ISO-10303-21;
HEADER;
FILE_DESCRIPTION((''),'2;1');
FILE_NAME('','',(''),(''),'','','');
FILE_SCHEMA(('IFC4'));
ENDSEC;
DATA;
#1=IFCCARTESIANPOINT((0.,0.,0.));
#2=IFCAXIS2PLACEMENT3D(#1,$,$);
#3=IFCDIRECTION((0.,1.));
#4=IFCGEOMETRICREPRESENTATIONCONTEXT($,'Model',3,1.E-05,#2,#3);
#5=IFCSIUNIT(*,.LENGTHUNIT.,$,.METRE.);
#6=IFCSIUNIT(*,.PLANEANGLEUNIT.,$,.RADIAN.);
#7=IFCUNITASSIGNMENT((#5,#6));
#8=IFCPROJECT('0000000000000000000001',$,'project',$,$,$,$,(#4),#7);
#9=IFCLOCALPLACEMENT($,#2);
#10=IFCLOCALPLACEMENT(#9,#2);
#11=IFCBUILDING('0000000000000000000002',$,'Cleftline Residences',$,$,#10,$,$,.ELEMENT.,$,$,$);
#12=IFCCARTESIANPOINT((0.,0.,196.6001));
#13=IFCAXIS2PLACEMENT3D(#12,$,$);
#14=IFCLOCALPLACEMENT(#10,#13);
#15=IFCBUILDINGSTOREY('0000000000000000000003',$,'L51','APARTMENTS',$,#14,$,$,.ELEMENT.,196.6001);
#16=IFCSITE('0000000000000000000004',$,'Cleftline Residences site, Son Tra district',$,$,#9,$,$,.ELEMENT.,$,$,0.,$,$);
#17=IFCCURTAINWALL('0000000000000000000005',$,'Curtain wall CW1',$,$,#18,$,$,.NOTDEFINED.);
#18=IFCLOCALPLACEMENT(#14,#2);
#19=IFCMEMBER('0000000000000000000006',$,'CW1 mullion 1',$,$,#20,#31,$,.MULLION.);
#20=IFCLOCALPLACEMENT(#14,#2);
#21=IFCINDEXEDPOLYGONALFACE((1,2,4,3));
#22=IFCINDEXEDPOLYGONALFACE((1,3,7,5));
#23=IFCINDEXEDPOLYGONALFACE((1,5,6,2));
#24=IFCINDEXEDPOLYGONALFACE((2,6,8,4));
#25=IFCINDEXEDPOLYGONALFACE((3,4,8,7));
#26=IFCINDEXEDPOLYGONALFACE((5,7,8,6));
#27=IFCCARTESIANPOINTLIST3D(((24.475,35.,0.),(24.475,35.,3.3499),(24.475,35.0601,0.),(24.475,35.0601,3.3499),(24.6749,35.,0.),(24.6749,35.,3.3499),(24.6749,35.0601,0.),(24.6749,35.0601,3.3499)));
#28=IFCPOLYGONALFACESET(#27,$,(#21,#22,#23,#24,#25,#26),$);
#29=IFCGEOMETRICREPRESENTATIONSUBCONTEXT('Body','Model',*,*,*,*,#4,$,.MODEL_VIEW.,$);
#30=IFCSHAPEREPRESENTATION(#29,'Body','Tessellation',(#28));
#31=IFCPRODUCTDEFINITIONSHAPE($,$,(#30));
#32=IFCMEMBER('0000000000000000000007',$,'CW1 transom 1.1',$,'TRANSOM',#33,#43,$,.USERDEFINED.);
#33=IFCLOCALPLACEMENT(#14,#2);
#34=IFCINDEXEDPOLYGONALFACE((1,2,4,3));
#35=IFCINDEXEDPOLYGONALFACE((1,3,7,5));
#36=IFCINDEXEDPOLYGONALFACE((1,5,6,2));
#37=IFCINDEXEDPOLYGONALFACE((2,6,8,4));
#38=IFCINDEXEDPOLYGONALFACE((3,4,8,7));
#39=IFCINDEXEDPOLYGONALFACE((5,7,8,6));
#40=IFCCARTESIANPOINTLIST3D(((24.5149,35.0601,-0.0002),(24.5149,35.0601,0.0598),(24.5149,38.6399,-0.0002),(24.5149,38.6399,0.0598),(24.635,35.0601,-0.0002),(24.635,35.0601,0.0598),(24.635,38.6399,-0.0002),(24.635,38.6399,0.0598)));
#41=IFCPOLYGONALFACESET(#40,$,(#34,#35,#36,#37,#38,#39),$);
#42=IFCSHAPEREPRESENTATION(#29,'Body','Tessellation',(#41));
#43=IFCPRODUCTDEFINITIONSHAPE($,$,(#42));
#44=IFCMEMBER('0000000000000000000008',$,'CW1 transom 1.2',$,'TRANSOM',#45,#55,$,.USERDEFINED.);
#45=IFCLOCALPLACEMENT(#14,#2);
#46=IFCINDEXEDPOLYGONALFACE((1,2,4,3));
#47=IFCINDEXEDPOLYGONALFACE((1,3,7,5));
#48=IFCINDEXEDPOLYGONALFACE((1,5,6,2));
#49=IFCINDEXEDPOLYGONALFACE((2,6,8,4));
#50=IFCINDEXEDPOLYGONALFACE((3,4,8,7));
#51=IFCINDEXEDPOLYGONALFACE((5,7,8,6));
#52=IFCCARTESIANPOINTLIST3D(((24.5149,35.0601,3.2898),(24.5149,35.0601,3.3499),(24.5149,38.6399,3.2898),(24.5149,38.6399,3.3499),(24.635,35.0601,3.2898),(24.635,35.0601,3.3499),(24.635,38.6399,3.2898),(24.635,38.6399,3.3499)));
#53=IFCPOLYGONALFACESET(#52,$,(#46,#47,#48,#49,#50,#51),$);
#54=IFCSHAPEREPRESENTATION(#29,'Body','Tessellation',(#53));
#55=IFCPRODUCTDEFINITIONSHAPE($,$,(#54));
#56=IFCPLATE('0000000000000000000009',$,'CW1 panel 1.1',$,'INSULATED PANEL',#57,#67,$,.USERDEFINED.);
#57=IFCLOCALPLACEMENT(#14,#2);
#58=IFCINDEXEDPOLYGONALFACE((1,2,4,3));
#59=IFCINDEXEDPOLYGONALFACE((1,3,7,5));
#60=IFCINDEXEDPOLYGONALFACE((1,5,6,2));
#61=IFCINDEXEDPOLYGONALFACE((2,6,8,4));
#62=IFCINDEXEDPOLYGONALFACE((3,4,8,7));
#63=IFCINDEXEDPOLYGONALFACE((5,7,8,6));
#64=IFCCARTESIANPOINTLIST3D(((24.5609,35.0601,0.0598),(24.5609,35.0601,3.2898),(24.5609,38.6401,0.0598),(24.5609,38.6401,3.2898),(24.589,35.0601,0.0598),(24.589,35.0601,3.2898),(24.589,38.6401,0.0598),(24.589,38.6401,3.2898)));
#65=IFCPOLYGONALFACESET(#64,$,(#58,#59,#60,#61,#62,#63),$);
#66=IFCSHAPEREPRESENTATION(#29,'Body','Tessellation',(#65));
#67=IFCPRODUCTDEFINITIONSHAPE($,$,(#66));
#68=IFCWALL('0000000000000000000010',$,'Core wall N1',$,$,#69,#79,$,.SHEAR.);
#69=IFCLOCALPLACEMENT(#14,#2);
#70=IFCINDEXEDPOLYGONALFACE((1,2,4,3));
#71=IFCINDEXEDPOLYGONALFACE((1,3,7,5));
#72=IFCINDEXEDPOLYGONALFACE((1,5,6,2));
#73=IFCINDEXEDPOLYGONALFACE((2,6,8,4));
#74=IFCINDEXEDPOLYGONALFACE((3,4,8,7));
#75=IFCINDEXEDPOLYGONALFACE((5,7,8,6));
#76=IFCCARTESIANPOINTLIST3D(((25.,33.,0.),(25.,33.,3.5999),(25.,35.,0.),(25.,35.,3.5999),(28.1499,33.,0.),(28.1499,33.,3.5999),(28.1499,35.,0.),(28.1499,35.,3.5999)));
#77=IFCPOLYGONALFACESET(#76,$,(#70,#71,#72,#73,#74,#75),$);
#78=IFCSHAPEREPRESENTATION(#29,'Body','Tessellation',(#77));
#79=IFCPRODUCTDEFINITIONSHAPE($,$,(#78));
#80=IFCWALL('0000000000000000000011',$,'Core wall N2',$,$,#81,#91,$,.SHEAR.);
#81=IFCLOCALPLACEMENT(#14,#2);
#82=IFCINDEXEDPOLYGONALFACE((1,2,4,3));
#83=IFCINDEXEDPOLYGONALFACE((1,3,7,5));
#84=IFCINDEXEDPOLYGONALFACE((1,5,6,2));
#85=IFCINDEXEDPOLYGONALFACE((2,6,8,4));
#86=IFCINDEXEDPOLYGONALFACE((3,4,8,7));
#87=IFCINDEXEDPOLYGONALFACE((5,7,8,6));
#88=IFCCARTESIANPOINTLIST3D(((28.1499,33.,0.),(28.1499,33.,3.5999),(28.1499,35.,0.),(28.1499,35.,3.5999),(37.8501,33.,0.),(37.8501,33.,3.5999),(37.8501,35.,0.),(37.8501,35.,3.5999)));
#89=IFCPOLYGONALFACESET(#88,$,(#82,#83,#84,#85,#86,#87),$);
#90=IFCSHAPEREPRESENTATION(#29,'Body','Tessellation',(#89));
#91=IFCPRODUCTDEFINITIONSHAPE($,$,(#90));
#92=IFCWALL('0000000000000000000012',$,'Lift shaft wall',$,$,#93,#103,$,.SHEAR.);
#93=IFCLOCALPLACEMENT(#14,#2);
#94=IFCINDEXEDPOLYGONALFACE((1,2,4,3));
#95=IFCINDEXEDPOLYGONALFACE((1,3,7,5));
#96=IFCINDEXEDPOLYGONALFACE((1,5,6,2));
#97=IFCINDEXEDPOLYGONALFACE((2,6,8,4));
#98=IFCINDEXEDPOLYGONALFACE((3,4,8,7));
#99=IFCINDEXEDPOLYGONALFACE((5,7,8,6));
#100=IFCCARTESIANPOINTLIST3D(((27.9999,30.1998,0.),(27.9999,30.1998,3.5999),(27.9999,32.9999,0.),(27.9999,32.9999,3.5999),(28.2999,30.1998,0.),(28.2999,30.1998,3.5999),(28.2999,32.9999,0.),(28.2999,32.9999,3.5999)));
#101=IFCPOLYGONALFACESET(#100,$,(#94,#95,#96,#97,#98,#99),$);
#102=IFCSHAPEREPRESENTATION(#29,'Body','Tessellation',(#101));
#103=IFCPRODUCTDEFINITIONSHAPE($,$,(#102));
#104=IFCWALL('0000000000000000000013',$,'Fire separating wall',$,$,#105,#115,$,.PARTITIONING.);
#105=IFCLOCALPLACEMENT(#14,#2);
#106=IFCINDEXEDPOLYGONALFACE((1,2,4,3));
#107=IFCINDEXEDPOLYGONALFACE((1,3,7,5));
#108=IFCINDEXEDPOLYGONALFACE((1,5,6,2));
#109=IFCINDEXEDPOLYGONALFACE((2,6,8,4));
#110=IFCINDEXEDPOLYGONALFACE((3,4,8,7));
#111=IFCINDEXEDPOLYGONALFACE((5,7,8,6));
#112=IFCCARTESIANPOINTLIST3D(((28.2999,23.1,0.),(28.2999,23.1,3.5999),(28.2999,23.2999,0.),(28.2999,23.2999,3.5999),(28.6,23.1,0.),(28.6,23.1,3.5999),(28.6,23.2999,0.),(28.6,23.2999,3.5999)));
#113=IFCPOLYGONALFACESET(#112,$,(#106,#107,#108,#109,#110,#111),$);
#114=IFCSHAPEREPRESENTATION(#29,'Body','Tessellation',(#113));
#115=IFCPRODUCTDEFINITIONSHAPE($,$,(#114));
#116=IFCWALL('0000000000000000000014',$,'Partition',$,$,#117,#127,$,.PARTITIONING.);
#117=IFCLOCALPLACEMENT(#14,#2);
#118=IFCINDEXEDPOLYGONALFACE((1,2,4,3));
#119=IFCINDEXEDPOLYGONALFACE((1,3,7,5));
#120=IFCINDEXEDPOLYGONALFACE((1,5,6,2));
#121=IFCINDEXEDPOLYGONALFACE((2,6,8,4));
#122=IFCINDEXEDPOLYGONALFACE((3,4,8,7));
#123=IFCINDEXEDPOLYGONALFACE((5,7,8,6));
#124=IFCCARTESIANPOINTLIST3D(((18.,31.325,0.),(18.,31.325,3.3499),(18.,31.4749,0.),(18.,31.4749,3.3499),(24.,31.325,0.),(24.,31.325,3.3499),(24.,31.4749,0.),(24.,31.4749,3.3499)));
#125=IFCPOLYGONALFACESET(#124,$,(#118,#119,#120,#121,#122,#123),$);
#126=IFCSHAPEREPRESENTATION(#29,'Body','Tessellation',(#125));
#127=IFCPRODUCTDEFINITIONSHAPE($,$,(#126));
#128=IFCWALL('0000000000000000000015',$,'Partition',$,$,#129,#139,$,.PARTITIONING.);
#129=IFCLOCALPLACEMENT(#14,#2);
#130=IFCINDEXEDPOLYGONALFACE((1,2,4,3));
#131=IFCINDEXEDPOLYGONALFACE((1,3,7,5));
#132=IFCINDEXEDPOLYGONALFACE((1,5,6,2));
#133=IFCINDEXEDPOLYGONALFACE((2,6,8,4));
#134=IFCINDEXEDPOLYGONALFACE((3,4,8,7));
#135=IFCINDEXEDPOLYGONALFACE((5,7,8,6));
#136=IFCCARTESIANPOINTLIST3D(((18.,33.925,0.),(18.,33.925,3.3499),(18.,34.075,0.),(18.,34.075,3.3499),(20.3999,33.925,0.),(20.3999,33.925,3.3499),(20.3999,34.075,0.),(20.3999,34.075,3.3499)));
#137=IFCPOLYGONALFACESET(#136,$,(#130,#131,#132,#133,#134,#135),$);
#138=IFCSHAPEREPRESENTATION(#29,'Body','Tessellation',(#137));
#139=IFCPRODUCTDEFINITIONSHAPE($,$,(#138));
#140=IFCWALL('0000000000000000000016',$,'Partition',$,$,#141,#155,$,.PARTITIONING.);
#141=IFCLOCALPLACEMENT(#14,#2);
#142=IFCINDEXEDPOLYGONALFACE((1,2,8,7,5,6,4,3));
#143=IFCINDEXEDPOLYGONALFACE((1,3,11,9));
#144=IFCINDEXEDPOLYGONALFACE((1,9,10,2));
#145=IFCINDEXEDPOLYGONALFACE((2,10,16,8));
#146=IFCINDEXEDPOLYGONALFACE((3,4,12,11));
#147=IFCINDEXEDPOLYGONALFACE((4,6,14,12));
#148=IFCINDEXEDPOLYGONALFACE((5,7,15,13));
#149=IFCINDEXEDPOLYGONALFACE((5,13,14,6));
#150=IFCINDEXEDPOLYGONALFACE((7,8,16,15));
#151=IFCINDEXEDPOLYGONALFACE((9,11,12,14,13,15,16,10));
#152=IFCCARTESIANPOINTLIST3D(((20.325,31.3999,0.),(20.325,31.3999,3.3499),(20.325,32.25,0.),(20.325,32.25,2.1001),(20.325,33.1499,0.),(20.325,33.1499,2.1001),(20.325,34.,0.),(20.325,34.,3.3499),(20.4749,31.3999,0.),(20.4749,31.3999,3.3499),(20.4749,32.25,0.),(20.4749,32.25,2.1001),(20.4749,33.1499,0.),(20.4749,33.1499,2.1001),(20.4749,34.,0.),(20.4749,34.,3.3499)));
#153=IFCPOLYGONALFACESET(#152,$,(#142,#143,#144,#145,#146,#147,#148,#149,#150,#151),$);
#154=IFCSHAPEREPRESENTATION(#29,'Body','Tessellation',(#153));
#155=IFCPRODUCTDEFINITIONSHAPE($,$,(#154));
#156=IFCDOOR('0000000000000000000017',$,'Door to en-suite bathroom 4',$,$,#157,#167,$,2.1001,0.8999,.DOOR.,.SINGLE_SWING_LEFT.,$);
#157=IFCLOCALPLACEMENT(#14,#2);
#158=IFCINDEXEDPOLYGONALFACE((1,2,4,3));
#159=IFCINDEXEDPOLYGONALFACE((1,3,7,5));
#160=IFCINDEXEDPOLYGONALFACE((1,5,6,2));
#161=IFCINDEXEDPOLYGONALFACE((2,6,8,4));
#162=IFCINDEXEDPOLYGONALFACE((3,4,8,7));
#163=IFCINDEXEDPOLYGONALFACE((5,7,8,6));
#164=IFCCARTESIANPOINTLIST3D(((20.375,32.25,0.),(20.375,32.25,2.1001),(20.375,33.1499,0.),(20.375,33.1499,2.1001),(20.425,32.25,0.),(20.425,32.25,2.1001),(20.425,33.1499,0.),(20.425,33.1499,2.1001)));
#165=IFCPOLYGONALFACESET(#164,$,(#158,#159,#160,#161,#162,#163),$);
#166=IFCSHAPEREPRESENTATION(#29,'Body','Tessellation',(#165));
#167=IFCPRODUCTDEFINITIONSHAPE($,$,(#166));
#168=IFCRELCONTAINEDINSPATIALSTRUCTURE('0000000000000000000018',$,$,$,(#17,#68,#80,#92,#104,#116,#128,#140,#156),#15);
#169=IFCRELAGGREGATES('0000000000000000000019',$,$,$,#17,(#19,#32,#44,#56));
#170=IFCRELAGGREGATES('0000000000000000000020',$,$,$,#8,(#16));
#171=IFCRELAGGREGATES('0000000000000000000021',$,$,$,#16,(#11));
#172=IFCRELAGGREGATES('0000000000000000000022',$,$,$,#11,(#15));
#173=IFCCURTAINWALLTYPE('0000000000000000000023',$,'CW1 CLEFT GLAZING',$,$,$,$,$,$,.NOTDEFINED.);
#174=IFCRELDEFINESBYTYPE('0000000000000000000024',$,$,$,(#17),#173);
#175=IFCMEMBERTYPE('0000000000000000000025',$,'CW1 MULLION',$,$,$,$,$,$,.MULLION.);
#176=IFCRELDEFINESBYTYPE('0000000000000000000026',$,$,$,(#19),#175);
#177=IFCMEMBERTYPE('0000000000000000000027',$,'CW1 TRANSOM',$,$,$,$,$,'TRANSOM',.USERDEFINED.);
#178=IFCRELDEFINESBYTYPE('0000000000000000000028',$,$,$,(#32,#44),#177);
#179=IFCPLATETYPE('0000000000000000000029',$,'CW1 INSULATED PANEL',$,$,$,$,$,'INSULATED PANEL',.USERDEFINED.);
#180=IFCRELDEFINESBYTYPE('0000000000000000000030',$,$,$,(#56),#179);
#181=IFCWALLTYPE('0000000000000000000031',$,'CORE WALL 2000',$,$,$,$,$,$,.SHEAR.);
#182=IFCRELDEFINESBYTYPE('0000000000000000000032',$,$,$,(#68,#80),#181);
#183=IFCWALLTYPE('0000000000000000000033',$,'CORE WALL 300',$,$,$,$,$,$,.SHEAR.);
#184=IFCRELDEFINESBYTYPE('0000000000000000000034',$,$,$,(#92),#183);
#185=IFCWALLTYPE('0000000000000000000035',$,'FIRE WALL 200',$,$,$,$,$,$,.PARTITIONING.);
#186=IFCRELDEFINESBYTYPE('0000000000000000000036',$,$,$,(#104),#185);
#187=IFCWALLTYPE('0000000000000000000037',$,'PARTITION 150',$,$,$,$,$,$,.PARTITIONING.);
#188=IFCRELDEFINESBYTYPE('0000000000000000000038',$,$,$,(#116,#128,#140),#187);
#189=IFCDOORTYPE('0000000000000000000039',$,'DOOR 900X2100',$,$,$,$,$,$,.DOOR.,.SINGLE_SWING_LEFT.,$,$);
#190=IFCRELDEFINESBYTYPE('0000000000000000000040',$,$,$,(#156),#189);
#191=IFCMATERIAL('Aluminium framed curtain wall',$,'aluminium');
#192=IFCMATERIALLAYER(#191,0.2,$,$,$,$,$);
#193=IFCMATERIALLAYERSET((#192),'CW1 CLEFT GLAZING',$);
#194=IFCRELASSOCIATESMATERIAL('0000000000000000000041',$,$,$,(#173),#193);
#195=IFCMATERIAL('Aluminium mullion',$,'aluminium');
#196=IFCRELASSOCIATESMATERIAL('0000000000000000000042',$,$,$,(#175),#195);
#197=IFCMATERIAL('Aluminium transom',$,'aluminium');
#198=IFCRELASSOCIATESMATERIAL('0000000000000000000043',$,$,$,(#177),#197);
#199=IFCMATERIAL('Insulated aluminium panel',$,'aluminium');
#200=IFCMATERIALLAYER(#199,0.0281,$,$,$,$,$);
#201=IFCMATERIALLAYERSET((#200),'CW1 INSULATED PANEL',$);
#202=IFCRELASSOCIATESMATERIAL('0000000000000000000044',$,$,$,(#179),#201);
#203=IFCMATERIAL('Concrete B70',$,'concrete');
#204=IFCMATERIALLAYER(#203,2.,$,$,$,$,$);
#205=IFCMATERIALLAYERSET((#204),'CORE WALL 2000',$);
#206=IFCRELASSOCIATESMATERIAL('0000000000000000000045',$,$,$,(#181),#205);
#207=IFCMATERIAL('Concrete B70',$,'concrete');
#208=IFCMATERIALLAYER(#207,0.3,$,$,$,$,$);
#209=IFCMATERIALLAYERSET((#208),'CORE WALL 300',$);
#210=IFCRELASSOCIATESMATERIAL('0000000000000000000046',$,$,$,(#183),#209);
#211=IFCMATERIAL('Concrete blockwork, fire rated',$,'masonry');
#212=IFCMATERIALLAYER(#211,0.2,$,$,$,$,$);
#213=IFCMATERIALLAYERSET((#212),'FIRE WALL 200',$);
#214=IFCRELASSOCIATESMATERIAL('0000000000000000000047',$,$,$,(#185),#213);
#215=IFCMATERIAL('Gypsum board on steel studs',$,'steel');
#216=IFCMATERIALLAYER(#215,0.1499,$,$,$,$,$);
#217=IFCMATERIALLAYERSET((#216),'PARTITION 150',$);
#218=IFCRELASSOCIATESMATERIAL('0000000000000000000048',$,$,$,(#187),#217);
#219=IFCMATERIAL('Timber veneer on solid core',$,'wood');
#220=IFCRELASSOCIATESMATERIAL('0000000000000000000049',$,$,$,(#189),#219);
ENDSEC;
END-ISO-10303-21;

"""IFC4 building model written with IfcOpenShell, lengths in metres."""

from ifc_helpers import new_model, si_unit, direction, frame, frame_2d, origin, origin_2d, place, context, subcontext, project, spatial, rectangle, extrude, material, layer, layer_set, material_profile, profile_set, type_object, element, fill, aggregate, save


model = new_model("IFC4")

# Units and contexts
model_context = context("Model", 3, precision=1e-05, world=origin(), true_north=direction((0.0, 1.0)))
body_context = subcontext(model_context, "Body", "Model", "MODEL_VIEW")
ifc_project = project(units=[si_unit("LENGTHUNIT", "METRE"), si_unit("PLANEANGLEUNIT", "RADIAN")], contexts=[model_context])

# Site, building, storey
site_placement = place(None, origin())
site = spatial("IfcSite", under=ifc_project, at=site_placement, Name="Cleftline Residences site, Son Tra district", CompositionType="ELEMENT", RefElevation=0.0)
building_placement = place(site_placement, origin())
building = spatial("IfcBuilding", under=site, at=building_placement, Name="Cleftline Residences", CompositionType="ELEMENT")
storey_placement = place(building_placement, frame((0.0, 0.0, 196.6001)))
storey = spatial("IfcBuildingStorey", under=building, at=storey_placement, Name="L51", Description="APARTMENTS", CompositionType="ELEMENT", Elevation=196.6001)

# Curtain wall, members, plate
ifc_material_1 = material(Name="Aluminium framed curtain wall", Category="aluminium")
ifc_layer_1 = layer(ifc_material_1, 0.2)
ifc_layer_set_1 = layer_set([ifc_layer_1], Name="CW1 CLEFT GLAZING")
curtain_wall_type = type_object("IfcCurtainWallType", Name="CW1 CLEFT GLAZING", PredefinedType="NOTDEFINED", material=ifc_layer_set_1)
curtain_wall_placement = place(storey_placement, origin())
curtain_wall = element("IfcCurtainWall", 1, at=curtain_wall_placement, inside=storey, type_object=curtain_wall_type, Name="Curtain wall CW1", PredefinedType="NOTDEFINED")
ifc_material_2 = material(Name="Aluminium mullion", Category="aluminium")
ifc_material_profile_1 = material_profile(ifc_material_2, rectangle(XDim=0.2, YDim=0.0601, at=origin_2d()))
ifc_profile_set_1 = profile_set([ifc_material_profile_1], Name="Aluminium mullion")
member_type_1 = type_object("IfcMemberType", Name="CW1 MULLION", PredefinedType="MULLION", material=ifc_profile_set_1)
member_1_placement = place(storey_placement, frame((24.575, 35.03, 0.0), z_axis=(0.0, 0.0, 1.0), x_axis=(-1.0, 0.0, 0.0)))
member_1 = element("IfcMember", 2, at=member_1_placement, type_object=member_type_1, Name="CW1 mullion 1", PredefinedType="MULLION", context=body_context, shape_type="SweptSolid", body=[
    extrude(rectangle(XDim=0.2, YDim=0.0601, at=origin_2d()), origin(), (0.0, 0.0, 1.0), 3.3499),
])
ifc_material_3 = material(Name="Aluminium transom", Category="aluminium")
ifc_material_profile_2 = material_profile(ifc_material_3, rectangle(XDim=0.1201, YDim=0.0601, at=origin_2d()))
ifc_profile_set_2 = profile_set([ifc_material_profile_2], Name="Aluminium transom")
member_type_2 = type_object("IfcMemberType", Name="CW1 TRANSOM", ElementType="TRANSOM", PredefinedType="USERDEFINED", material=ifc_profile_set_2)
member_2_placement = place(storey_placement, frame((24.575, 35.0601, 0.0298), z_axis=(0.0, 1.0, 0.0), x_axis=(-1.0, 0.0, 0.0)))
member_2 = element("IfcMember", 3, at=member_2_placement, type_object=member_type_2, Name="CW1 transom 1.1", ObjectType="TRANSOM", PredefinedType="USERDEFINED", context=body_context, shape_type="SweptSolid", body=[
    extrude(rectangle(XDim=0.1201, YDim=0.0601, at=origin_2d()), origin(), (0.0, 0.0, 1.0), 3.5798),
])
member_3_placement = place(storey_placement, frame((24.575, 35.0601, 3.3198), z_axis=(0.0, 1.0, 0.0), x_axis=(-1.0, 0.0, 0.0)))
member_3 = element("IfcMember", 4, at=member_3_placement, type_object=member_type_2, Name="CW1 transom 1.2", ObjectType="TRANSOM", PredefinedType="USERDEFINED", context=body_context, shape_type="SweptSolid", body=[
    extrude(rectangle(XDim=0.1201, YDim=0.0601, at=origin_2d()), origin(), (0.0, 0.0, 1.0), 3.5798),
])
ifc_material_4 = material(Name="Insulated aluminium panel", Category="aluminium")
ifc_layer_2 = layer(ifc_material_4, 0.0281)
ifc_layer_set_2 = layer_set([ifc_layer_2], Name="CW1 INSULATED PANEL")
plate_type = type_object("IfcPlateType", Name="CW1 INSULATED PANEL", ElementType="INSULATED PANEL", PredefinedType="USERDEFINED", material=ifc_layer_set_2)
plate_placement = place(storey_placement, frame((24.575, 36.8501, 0.0598), z_axis=(0.0, 0.0, 1.0), x_axis=(0.0, 1.0, 0.0)))
plate = element("IfcPlate", 5, at=plate_placement, type_object=plate_type, Name="CW1 panel 1.1", ObjectType="INSULATED PANEL", PredefinedType="USERDEFINED", context=body_context, shape_type="SweptSolid", body=[
    extrude(rectangle(XDim=3.5801, YDim=0.0281, at=origin_2d()), origin(), (0.0, 0.0, 1.0), 3.23),
])
aggregate(curtain_wall, [member_1, member_2, member_3, plate])

# Walls
ifc_material_5 = material(Name="Concrete B70", Category="concrete")
ifc_layer_3 = layer(ifc_material_5, 2.0)
ifc_layer_set_3 = layer_set([ifc_layer_3], Name="CORE WALL 2000")
wall_type_1 = type_object("IfcWallType", Name="CORE WALL 2000", PredefinedType="SHEAR", material=ifc_layer_set_3)
wall_1_placement = place(storey_placement, frame((25.0, 34.0, 0.0), z_axis=(0.0, 0.0, 1.0), x_axis=(1.0, 0.0, 0.0)))
element("IfcWall", 6, at=wall_1_placement, inside=storey, type_object=wall_type_1, Name="Core wall N1", PredefinedType="SHEAR", context=body_context, shape_type="SweptSolid", body=[
    extrude(rectangle(XDim=3.1499, YDim=2.0, at=frame_2d((1.575, 0.0))), origin(), (0.0, 0.0, 1.0), 3.5999),
])
wall_2_placement = place(storey_placement, frame((28.1499, 34.0, 0.0), z_axis=(0.0, 0.0, 1.0), x_axis=(1.0, 0.0, 0.0)))
element("IfcWall", 7, at=wall_2_placement, inside=storey, type_object=wall_type_1, Name="Core wall N2", PredefinedType="SHEAR", context=body_context, shape_type="SweptSolid", body=[
    extrude(rectangle(XDim=9.7002, YDim=2.0, at=frame_2d((4.8501, 0.0))), origin(), (0.0, 0.0, 1.0), 3.5999),
])
ifc_material_6 = material(Name="Concrete B70", Category="concrete")
ifc_layer_4 = layer(ifc_material_6, 0.3)
ifc_layer_set_4 = layer_set([ifc_layer_4], Name="CORE WALL 300")
wall_type_2 = type_object("IfcWallType", Name="CORE WALL 300", PredefinedType="SHEAR", material=ifc_layer_set_4)
wall_3_placement = place(storey_placement, frame((28.1499, 30.2, 0.0), z_axis=(0.0, 0.0, 1.0), x_axis=(0.0, 1.0, 0.0)))
element("IfcWall", 8, at=wall_3_placement, inside=storey, type_object=wall_type_2, Name="Lift shaft wall", PredefinedType="SHEAR", context=body_context, shape_type="SweptSolid", body=[
    extrude(rectangle(XDim=2.8, YDim=0.3, at=frame_2d((1.3999, 0.0))), origin(), (0.0, 0.0, 1.0), 3.5999),
])
ifc_material_7 = material(Name="Concrete blockwork, fire rated", Category="masonry")
ifc_layer_5 = layer(ifc_material_7, 0.2)
ifc_layer_set_5 = layer_set([ifc_layer_5], Name="FIRE WALL 200")
wall_type_3 = type_object("IfcWallType", Name="FIRE WALL 200", PredefinedType="PARTITIONING", material=ifc_layer_set_5)
wall_4_placement = place(storey_placement, frame((28.3, 23.2, 0.0), z_axis=(0.0, 0.0, 1.0), x_axis=(1.0, 0.0, 0.0)))
element("IfcWall", 9, at=wall_4_placement, inside=storey, type_object=wall_type_3, Name="Fire separating wall", PredefinedType="PARTITIONING", context=body_context, shape_type="SweptSolid", body=[
    extrude(rectangle(XDim=0.3, YDim=0.2, at=frame_2d((0.1499, 0.0))), origin(), (0.0, 0.0, 1.0), 3.5999),
])
ifc_material_8 = material(Name="Gypsum board on steel studs", Category="steel")
ifc_layer_6 = layer(ifc_material_8, 0.1499)
ifc_layer_set_6 = layer_set([ifc_layer_6], Name="PARTITION 150")
wall_type_4 = type_object("IfcWallType", Name="PARTITION 150", PredefinedType="PARTITIONING", material=ifc_layer_set_6)
wall_5_placement = place(storey_placement, frame((18.0, 31.3999, 0.0), z_axis=(0.0, 0.0, 1.0), x_axis=(1.0, 0.0, 0.0)))
element("IfcWall", 10, at=wall_5_placement, inside=storey, type_object=wall_type_4, Name="Partition", PredefinedType="PARTITIONING", context=body_context, shape_type="SweptSolid", body=[
    extrude(rectangle(XDim=6.0, YDim=0.1499, at=frame_2d((3.0, 0.0))), origin(), (0.0, 0.0, 1.0), 3.3499),
])
wall_6_placement = place(storey_placement, frame((18.0, 34.0, 0.0), z_axis=(0.0, 0.0, 1.0), x_axis=(1.0, 0.0, 0.0)))
element("IfcWall", 11, at=wall_6_placement, inside=storey, type_object=wall_type_4, Name="Partition", PredefinedType="PARTITIONING", context=body_context, shape_type="SweptSolid", body=[
    extrude(rectangle(XDim=2.3999, YDim=0.1499, at=frame_2d((1.2, 0.0))), origin(), (0.0, 0.0, 1.0), 3.3499),
])

# Wall, opening, door
wall_7_placement = place(storey_placement, frame((20.3999, 31.3999, 0.0), z_axis=(0.0, 0.0, 1.0), x_axis=(0.0, 1.0, 0.0)))
wall_7 = element("IfcWall", 12, at=wall_7_placement, inside=storey, type_object=wall_type_4, Name="Partition", PredefinedType="PARTITIONING", context=body_context, shape_type="SweptSolid", body=[
    extrude(rectangle(XDim=2.6001, YDim=0.1499, at=frame_2d((1.3, 0.0))), origin(), (0.0, 0.0, 1.0), 3.3499),
])
opening_1_placement = place(wall_7_placement, frame((0.8501, 0.0, 0.0)))
opening_1 = element("IfcOpeningElement", 13, at=opening_1_placement, cuts=wall_7, PredefinedType="OPENING", context=body_context, shape_type="SweptSolid", body=[
    extrude(rectangle(XDim=0.8999, YDim=2.1001, at=frame_2d((0.45, 1.05))), frame((0.0, 0.085, 0.0), z_axis=(0.0, -1.0, 0.0), x_axis=(1.0, 0.0, 0.0)), (0.0, 0.0, 1.0), 0.1699),
])
ifc_material_9 = material(Name="Timber veneer on solid core", Category="wood")
door_type_1 = type_object("IfcDoorType", Name="DOOR 900X2100", OperationType="SINGLE_SWING_LEFT", PredefinedType="DOOR", material=ifc_material_9)
door_1_placement = place(opening_1_placement, origin())
door_1 = element("IfcDoor", 14, at=door_1_placement, inside=storey, type_object=door_type_1, Name="Door to en-suite bathroom 4", OperationType="SINGLE_SWING_LEFT", OverallHeight=2.1001, OverallWidth=0.8999, PredefinedType="DOOR", context=body_context, shape_type="SweptSolid", body=[
    extrude(rectangle(XDim=0.8999, YDim=2.1001, at=frame_2d((0.45, 1.05))), frame((0.0, 0.0249, 0.0), z_axis=(0.0, -1.0, 0.0), x_axis=(1.0, 0.0, 0.0)), (0.0, 0.0, 1.0), 0.05),
])
fill(opening_1, door_1)

save(model, "model.ifc")
